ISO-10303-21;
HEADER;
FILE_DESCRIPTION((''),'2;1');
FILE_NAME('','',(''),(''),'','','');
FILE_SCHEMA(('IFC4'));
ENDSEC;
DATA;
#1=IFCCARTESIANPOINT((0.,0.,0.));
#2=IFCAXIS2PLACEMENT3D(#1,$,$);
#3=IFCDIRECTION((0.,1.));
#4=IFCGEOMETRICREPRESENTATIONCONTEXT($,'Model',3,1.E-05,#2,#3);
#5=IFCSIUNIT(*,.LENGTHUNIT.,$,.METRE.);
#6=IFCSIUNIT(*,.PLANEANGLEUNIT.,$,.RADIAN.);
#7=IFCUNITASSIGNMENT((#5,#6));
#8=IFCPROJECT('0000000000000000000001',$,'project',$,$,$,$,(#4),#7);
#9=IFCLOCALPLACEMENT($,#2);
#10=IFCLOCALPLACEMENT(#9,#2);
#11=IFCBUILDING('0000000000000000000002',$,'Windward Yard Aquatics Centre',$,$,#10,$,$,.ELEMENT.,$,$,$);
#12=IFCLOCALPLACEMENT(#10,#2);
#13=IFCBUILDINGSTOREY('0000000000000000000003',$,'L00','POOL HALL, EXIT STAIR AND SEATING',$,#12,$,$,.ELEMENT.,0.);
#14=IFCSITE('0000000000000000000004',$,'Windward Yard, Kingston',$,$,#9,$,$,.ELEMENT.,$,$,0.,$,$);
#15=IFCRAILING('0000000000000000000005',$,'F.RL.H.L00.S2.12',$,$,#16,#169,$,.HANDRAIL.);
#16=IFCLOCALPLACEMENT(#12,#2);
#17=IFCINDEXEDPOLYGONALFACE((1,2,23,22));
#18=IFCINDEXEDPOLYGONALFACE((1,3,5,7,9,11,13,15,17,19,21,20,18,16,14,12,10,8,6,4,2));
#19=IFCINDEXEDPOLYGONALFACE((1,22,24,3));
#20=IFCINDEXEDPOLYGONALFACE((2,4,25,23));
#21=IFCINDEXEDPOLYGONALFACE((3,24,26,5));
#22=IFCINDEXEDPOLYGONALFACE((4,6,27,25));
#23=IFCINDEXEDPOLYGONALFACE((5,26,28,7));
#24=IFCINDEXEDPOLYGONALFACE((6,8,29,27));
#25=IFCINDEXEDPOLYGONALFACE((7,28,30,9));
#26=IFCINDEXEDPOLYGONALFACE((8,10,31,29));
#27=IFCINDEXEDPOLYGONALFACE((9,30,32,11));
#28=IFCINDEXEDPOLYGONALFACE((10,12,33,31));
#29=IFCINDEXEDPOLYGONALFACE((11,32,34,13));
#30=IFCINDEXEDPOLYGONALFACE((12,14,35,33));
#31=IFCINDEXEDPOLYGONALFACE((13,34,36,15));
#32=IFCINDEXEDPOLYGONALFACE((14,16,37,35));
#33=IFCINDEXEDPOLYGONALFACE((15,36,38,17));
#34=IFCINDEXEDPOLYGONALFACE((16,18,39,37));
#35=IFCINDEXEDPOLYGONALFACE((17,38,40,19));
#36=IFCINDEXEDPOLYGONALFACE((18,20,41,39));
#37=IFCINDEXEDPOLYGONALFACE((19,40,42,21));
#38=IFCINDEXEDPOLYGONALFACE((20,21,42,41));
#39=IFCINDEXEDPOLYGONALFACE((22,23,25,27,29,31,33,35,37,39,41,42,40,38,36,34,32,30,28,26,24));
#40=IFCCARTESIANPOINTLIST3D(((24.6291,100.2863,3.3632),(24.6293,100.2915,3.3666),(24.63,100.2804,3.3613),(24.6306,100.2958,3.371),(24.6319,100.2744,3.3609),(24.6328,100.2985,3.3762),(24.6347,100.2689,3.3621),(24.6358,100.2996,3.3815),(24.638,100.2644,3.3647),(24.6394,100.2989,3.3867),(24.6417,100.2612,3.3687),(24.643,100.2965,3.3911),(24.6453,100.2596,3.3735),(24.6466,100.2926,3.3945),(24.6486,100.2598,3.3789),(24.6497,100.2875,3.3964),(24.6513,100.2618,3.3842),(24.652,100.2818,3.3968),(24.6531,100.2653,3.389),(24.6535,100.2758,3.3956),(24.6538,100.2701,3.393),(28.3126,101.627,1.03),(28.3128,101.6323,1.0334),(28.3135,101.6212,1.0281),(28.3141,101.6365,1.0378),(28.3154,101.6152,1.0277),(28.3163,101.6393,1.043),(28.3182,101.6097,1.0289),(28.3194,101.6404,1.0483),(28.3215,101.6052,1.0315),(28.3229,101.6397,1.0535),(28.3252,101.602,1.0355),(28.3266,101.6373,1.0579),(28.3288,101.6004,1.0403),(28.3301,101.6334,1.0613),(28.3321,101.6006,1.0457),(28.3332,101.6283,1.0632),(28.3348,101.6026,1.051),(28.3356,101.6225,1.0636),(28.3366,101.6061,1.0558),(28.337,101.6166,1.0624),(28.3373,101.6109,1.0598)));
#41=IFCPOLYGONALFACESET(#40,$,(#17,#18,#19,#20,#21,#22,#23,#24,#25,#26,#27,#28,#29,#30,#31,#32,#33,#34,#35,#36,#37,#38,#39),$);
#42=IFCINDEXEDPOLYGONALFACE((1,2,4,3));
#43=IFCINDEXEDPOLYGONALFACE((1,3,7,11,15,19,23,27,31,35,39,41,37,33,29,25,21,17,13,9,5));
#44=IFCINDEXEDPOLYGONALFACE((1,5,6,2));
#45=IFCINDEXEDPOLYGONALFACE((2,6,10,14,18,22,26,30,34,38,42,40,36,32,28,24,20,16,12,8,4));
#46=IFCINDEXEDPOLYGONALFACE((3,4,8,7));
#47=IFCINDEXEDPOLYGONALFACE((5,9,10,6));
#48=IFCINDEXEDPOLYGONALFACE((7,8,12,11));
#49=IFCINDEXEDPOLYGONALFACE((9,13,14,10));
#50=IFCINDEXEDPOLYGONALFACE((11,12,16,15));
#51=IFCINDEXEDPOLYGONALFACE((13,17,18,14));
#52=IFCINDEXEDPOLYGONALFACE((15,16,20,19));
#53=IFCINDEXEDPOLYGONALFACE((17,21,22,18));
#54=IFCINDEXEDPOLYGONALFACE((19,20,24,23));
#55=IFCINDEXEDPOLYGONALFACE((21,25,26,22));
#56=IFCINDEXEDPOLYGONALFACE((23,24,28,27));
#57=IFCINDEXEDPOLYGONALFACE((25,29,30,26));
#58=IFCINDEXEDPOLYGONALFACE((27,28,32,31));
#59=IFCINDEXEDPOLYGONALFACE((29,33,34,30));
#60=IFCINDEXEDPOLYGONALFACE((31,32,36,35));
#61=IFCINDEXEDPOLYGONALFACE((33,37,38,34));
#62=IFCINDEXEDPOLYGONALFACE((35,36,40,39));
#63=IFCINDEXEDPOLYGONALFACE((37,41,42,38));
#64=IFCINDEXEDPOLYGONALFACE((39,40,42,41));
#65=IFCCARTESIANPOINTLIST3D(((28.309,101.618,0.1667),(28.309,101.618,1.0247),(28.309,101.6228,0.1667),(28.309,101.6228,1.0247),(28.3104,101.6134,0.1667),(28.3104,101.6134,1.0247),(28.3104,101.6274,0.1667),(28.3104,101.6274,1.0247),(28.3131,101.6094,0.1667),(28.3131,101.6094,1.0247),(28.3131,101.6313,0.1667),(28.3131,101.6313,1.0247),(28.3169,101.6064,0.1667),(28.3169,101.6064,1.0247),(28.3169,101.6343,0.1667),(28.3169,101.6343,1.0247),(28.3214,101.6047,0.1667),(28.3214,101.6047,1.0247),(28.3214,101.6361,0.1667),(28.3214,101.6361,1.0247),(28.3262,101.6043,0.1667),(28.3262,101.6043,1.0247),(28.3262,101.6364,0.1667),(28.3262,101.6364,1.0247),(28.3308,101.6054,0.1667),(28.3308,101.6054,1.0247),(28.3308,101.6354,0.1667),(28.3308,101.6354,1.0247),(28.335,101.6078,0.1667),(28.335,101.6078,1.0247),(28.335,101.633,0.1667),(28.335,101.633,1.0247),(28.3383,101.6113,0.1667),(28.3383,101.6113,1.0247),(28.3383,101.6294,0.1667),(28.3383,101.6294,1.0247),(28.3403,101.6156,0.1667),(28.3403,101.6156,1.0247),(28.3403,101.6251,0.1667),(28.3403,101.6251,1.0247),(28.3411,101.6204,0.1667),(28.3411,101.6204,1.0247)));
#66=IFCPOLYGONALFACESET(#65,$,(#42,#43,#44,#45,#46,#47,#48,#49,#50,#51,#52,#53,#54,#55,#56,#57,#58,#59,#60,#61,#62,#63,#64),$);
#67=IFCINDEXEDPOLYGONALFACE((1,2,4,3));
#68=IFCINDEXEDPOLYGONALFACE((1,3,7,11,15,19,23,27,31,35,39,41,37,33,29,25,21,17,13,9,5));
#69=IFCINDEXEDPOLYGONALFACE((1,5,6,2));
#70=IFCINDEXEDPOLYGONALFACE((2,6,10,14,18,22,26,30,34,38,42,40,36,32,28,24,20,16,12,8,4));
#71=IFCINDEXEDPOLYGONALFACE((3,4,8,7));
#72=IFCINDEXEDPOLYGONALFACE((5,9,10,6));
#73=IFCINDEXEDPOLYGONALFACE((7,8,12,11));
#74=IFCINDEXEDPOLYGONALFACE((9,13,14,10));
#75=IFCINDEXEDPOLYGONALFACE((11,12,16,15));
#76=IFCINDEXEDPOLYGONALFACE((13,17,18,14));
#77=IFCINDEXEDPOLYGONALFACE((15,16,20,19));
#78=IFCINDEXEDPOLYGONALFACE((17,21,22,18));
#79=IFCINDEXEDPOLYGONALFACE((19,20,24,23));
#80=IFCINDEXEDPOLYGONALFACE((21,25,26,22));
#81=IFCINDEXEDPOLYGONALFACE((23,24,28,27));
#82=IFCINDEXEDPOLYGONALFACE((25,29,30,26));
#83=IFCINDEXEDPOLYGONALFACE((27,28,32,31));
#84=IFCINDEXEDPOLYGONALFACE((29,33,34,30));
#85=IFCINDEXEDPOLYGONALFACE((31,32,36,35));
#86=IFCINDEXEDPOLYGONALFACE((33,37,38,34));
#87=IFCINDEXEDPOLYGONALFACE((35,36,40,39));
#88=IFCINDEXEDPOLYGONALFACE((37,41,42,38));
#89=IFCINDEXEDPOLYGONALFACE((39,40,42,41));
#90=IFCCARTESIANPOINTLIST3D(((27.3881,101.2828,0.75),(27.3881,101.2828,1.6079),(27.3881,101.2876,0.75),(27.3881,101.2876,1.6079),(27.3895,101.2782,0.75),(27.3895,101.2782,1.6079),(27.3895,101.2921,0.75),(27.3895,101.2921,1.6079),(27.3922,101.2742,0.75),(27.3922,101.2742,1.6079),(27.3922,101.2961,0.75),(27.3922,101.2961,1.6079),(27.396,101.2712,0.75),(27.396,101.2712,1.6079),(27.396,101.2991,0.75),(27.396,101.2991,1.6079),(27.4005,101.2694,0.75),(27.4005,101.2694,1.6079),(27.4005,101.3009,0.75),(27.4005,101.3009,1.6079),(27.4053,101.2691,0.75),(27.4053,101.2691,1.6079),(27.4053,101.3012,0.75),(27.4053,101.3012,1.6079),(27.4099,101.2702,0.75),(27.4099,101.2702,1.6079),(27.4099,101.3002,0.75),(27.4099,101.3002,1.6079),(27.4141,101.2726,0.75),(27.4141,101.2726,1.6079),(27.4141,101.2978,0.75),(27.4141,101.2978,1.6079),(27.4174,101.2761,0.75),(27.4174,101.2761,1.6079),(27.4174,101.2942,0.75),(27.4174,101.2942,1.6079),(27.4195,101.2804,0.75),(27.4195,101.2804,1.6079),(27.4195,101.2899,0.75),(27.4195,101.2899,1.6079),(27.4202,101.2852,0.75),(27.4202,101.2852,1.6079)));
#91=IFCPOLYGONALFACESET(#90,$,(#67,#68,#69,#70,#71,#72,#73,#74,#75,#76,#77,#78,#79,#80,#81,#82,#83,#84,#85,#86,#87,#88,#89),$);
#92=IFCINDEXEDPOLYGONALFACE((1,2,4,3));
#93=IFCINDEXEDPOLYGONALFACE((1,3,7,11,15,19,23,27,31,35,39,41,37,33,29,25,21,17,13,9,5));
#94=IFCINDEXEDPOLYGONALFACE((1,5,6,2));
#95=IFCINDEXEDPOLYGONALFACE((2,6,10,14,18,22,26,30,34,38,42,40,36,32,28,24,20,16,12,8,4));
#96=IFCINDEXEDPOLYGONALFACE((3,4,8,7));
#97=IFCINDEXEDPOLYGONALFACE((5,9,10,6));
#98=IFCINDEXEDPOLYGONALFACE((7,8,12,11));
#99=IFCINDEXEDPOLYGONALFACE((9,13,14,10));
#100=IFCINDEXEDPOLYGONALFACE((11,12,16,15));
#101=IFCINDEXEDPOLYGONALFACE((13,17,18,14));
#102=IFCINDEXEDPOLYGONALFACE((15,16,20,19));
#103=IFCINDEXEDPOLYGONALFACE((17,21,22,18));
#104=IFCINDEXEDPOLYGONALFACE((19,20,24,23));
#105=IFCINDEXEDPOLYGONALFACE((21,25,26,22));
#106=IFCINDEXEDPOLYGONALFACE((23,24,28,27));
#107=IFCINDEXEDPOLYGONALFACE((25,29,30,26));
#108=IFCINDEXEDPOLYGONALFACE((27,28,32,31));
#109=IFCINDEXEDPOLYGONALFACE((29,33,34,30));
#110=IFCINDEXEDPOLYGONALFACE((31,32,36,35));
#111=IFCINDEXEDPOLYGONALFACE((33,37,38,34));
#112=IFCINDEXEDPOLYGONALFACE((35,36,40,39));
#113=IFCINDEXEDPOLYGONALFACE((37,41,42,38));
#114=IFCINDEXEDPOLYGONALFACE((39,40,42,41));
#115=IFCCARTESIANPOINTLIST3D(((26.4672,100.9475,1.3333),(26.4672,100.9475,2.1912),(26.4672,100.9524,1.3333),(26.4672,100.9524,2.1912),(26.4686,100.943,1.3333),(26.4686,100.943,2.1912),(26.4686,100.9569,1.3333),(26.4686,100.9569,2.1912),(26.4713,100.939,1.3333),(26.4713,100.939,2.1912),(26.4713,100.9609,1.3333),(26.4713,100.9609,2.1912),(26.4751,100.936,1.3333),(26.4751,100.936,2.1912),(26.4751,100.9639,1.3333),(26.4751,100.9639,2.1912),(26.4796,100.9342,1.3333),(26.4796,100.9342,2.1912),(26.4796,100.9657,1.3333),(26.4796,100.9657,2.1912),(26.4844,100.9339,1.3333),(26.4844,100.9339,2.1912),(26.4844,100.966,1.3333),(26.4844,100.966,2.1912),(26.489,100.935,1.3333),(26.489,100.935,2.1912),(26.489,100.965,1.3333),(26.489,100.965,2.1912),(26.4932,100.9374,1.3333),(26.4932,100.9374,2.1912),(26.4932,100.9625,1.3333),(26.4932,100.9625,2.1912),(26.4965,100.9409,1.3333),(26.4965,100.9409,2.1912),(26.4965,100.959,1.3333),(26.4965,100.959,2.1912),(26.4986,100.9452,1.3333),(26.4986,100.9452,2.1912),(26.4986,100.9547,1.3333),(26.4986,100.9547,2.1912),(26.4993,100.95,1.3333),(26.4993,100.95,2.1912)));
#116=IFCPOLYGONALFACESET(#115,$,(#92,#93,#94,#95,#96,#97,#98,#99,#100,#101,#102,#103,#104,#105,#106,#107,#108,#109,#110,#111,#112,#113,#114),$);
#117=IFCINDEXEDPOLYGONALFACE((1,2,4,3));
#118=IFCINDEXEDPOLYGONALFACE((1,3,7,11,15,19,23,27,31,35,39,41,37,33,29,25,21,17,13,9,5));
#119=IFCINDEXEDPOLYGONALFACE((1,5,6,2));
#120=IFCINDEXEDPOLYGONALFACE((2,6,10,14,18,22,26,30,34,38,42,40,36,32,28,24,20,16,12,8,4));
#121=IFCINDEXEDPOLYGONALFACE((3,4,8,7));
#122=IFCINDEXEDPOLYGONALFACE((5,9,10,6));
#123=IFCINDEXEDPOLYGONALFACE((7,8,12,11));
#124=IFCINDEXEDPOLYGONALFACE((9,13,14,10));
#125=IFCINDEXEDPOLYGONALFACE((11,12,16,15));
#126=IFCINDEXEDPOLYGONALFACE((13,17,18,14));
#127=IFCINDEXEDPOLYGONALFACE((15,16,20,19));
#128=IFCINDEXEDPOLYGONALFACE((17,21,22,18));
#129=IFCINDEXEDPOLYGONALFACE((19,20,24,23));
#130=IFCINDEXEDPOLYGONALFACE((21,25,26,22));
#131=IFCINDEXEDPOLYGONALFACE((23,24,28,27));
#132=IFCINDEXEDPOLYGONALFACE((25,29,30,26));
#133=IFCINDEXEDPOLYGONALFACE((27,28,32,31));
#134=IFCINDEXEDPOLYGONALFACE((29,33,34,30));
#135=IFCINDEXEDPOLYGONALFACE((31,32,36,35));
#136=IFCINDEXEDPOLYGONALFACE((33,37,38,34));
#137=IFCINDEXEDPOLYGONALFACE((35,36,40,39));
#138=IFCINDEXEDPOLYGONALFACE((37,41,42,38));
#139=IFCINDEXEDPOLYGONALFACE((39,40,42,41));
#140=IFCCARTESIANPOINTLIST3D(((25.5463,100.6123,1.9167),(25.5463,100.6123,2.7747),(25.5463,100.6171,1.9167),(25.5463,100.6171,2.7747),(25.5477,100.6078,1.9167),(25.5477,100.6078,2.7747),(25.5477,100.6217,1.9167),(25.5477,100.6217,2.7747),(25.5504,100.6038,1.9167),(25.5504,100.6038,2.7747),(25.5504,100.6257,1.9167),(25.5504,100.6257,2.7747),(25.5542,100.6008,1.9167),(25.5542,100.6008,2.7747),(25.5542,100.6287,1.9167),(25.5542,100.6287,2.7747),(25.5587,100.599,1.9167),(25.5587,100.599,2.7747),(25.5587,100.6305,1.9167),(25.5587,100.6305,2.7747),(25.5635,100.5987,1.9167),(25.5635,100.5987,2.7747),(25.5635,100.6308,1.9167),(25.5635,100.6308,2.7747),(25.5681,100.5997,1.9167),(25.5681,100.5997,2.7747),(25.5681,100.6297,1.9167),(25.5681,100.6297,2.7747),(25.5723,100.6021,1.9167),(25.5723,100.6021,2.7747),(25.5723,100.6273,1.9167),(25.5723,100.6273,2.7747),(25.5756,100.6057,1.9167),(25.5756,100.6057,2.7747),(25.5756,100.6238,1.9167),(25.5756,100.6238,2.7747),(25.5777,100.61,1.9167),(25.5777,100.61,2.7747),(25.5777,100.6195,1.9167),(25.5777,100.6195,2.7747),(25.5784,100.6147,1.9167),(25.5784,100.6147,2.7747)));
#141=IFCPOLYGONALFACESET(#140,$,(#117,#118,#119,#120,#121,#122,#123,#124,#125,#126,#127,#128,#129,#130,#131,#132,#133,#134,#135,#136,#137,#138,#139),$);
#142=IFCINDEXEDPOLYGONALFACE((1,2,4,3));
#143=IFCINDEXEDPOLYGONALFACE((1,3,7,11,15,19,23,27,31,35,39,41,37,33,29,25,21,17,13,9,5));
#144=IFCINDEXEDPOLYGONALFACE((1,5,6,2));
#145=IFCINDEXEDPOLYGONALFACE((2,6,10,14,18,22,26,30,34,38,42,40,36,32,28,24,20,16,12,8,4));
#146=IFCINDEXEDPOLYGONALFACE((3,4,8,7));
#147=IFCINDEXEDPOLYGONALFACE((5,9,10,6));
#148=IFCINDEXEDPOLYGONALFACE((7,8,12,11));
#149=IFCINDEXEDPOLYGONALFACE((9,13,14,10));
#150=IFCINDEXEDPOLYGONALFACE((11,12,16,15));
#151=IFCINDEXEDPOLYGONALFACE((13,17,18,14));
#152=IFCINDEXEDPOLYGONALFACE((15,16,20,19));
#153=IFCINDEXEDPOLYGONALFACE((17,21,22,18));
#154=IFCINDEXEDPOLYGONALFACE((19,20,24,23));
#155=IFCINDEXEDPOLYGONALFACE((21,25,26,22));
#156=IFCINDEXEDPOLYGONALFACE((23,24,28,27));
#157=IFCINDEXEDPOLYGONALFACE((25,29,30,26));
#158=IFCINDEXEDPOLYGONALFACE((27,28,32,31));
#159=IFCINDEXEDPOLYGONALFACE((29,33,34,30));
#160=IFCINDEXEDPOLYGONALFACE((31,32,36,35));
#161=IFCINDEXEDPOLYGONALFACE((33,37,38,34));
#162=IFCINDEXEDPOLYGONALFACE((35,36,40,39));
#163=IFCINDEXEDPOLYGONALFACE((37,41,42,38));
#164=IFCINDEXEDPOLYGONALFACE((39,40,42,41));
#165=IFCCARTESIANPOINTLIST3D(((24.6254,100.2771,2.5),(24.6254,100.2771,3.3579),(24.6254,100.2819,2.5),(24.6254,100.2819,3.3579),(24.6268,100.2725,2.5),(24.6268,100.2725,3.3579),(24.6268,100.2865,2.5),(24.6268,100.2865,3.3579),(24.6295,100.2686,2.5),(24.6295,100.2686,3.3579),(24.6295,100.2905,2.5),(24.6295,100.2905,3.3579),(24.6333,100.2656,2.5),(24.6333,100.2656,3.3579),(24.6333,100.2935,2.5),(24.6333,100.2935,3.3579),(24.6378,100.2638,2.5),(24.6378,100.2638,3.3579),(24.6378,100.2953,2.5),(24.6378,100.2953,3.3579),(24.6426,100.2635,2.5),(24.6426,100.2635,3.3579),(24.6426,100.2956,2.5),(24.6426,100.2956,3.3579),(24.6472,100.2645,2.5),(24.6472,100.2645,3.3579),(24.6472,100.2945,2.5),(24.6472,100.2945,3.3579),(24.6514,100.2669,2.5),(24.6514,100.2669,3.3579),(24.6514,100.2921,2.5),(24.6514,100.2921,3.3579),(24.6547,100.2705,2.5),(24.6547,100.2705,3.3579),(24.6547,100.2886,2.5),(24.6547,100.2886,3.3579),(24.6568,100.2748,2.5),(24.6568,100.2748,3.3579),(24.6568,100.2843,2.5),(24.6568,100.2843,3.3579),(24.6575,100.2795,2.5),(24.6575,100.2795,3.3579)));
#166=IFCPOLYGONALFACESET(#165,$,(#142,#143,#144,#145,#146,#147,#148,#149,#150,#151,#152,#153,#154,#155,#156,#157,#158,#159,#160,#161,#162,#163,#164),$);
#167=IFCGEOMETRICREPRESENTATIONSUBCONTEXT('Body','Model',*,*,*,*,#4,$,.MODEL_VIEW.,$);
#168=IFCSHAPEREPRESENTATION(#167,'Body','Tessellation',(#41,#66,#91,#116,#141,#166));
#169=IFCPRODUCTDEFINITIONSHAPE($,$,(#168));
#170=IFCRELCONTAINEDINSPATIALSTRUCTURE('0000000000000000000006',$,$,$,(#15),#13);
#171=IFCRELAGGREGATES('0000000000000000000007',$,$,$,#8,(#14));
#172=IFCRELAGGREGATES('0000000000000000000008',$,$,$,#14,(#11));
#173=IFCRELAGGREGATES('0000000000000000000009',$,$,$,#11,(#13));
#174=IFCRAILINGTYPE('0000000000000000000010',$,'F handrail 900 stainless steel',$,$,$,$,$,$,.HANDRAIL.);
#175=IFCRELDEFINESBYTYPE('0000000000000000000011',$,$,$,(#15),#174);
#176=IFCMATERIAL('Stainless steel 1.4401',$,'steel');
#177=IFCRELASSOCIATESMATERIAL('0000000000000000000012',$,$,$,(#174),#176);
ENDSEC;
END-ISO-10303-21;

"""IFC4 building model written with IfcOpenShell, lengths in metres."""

from ifc_helpers import new_model, si_unit, direction, frame, origin, origin_2d, place, context, subcontext, project, spatial, circle, extrude, material, type_object, element, save


model = new_model("IFC4")

# Units and contexts
model_context = context("Model", 3, precision=1e-05, world=origin(), true_north=direction((0.0, 1.0)))
body_context = subcontext(model_context, "Body", "Model", "MODEL_VIEW")
ifc_project = project(units=[si_unit("LENGTHUNIT", "METRE"), si_unit("PLANEANGLEUNIT", "RADIAN")], contexts=[model_context])

# Site, building, storey
site_placement = place(None, origin())
site = spatial("IfcSite", under=ifc_project, at=site_placement, Name="Windward Yard, Kingston", CompositionType="ELEMENT", RefElevation=0.0)
building_placement = place(site_placement, origin())
building = spatial("IfcBuilding", under=site, at=building_placement, Name="Windward Yard Aquatics Centre", CompositionType="ELEMENT")
storey_placement = place(building_placement, origin())
storey = spatial("IfcBuildingStorey", under=building, at=storey_placement, Name="L00", Description="POOL HALL, EXIT STAIR AND SEATING", CompositionType="ELEMENT", Elevation=0.0)

# Railing
ifc_material_1 = material(Name="Stainless steel 1.4401", Category="steel")
railing_type = type_object("IfcRailingType", Name="F handrail 900 stainless steel", PredefinedType="HANDRAIL", material=ifc_material_1)
for number, where, name in (
    (1, (28.325, 101.6204, 0.1667), "F.RL.H.L00.S2.12"),
):
    element("IfcRailing", number, at=place(storey_placement, frame(where)), inside=storey, type_object=railing_type, Name=name, PredefinedType="HANDRAIL", context=body_context, shape_type="SweptSolid", body=[
        extrude(circle(Radius=0.021, at=origin_2d()), frame((0.0, 0.0, 0.8789), z_axis=(-0.807473, -0.293919, 0.511467), x_axis=(0.342043, -0.939684, 0.0)), (0.0, 0.0, 1.0), 4.5618),
        extrude(circle(Radius=0.0161, at=origin_2d()), origin(), (0.0, 0.0, 1.0), 0.8579),
        extrude(circle(Radius=0.0161, at=origin_2d()), frame((-0.9209, -0.3352, 0.5833)), (0.0, 0.0, 1.0), 0.8579),
        extrude(circle(Radius=0.0161, at=origin_2d()), frame((-1.8418, -0.6704, 1.1665)), (0.0, 0.0, 1.0), 0.8579),
        extrude(circle(Radius=0.0161, at=origin_2d()), frame((-2.7627, -1.0056, 1.75)), (0.0, 0.0, 1.0), 0.8579),
        extrude(circle(Radius=0.0161, at=origin_2d()), frame((-3.6836, -1.3408, 2.3333)), (0.0, 0.0, 1.0), 0.8579),
    ])

save(model, "model.ifc")
